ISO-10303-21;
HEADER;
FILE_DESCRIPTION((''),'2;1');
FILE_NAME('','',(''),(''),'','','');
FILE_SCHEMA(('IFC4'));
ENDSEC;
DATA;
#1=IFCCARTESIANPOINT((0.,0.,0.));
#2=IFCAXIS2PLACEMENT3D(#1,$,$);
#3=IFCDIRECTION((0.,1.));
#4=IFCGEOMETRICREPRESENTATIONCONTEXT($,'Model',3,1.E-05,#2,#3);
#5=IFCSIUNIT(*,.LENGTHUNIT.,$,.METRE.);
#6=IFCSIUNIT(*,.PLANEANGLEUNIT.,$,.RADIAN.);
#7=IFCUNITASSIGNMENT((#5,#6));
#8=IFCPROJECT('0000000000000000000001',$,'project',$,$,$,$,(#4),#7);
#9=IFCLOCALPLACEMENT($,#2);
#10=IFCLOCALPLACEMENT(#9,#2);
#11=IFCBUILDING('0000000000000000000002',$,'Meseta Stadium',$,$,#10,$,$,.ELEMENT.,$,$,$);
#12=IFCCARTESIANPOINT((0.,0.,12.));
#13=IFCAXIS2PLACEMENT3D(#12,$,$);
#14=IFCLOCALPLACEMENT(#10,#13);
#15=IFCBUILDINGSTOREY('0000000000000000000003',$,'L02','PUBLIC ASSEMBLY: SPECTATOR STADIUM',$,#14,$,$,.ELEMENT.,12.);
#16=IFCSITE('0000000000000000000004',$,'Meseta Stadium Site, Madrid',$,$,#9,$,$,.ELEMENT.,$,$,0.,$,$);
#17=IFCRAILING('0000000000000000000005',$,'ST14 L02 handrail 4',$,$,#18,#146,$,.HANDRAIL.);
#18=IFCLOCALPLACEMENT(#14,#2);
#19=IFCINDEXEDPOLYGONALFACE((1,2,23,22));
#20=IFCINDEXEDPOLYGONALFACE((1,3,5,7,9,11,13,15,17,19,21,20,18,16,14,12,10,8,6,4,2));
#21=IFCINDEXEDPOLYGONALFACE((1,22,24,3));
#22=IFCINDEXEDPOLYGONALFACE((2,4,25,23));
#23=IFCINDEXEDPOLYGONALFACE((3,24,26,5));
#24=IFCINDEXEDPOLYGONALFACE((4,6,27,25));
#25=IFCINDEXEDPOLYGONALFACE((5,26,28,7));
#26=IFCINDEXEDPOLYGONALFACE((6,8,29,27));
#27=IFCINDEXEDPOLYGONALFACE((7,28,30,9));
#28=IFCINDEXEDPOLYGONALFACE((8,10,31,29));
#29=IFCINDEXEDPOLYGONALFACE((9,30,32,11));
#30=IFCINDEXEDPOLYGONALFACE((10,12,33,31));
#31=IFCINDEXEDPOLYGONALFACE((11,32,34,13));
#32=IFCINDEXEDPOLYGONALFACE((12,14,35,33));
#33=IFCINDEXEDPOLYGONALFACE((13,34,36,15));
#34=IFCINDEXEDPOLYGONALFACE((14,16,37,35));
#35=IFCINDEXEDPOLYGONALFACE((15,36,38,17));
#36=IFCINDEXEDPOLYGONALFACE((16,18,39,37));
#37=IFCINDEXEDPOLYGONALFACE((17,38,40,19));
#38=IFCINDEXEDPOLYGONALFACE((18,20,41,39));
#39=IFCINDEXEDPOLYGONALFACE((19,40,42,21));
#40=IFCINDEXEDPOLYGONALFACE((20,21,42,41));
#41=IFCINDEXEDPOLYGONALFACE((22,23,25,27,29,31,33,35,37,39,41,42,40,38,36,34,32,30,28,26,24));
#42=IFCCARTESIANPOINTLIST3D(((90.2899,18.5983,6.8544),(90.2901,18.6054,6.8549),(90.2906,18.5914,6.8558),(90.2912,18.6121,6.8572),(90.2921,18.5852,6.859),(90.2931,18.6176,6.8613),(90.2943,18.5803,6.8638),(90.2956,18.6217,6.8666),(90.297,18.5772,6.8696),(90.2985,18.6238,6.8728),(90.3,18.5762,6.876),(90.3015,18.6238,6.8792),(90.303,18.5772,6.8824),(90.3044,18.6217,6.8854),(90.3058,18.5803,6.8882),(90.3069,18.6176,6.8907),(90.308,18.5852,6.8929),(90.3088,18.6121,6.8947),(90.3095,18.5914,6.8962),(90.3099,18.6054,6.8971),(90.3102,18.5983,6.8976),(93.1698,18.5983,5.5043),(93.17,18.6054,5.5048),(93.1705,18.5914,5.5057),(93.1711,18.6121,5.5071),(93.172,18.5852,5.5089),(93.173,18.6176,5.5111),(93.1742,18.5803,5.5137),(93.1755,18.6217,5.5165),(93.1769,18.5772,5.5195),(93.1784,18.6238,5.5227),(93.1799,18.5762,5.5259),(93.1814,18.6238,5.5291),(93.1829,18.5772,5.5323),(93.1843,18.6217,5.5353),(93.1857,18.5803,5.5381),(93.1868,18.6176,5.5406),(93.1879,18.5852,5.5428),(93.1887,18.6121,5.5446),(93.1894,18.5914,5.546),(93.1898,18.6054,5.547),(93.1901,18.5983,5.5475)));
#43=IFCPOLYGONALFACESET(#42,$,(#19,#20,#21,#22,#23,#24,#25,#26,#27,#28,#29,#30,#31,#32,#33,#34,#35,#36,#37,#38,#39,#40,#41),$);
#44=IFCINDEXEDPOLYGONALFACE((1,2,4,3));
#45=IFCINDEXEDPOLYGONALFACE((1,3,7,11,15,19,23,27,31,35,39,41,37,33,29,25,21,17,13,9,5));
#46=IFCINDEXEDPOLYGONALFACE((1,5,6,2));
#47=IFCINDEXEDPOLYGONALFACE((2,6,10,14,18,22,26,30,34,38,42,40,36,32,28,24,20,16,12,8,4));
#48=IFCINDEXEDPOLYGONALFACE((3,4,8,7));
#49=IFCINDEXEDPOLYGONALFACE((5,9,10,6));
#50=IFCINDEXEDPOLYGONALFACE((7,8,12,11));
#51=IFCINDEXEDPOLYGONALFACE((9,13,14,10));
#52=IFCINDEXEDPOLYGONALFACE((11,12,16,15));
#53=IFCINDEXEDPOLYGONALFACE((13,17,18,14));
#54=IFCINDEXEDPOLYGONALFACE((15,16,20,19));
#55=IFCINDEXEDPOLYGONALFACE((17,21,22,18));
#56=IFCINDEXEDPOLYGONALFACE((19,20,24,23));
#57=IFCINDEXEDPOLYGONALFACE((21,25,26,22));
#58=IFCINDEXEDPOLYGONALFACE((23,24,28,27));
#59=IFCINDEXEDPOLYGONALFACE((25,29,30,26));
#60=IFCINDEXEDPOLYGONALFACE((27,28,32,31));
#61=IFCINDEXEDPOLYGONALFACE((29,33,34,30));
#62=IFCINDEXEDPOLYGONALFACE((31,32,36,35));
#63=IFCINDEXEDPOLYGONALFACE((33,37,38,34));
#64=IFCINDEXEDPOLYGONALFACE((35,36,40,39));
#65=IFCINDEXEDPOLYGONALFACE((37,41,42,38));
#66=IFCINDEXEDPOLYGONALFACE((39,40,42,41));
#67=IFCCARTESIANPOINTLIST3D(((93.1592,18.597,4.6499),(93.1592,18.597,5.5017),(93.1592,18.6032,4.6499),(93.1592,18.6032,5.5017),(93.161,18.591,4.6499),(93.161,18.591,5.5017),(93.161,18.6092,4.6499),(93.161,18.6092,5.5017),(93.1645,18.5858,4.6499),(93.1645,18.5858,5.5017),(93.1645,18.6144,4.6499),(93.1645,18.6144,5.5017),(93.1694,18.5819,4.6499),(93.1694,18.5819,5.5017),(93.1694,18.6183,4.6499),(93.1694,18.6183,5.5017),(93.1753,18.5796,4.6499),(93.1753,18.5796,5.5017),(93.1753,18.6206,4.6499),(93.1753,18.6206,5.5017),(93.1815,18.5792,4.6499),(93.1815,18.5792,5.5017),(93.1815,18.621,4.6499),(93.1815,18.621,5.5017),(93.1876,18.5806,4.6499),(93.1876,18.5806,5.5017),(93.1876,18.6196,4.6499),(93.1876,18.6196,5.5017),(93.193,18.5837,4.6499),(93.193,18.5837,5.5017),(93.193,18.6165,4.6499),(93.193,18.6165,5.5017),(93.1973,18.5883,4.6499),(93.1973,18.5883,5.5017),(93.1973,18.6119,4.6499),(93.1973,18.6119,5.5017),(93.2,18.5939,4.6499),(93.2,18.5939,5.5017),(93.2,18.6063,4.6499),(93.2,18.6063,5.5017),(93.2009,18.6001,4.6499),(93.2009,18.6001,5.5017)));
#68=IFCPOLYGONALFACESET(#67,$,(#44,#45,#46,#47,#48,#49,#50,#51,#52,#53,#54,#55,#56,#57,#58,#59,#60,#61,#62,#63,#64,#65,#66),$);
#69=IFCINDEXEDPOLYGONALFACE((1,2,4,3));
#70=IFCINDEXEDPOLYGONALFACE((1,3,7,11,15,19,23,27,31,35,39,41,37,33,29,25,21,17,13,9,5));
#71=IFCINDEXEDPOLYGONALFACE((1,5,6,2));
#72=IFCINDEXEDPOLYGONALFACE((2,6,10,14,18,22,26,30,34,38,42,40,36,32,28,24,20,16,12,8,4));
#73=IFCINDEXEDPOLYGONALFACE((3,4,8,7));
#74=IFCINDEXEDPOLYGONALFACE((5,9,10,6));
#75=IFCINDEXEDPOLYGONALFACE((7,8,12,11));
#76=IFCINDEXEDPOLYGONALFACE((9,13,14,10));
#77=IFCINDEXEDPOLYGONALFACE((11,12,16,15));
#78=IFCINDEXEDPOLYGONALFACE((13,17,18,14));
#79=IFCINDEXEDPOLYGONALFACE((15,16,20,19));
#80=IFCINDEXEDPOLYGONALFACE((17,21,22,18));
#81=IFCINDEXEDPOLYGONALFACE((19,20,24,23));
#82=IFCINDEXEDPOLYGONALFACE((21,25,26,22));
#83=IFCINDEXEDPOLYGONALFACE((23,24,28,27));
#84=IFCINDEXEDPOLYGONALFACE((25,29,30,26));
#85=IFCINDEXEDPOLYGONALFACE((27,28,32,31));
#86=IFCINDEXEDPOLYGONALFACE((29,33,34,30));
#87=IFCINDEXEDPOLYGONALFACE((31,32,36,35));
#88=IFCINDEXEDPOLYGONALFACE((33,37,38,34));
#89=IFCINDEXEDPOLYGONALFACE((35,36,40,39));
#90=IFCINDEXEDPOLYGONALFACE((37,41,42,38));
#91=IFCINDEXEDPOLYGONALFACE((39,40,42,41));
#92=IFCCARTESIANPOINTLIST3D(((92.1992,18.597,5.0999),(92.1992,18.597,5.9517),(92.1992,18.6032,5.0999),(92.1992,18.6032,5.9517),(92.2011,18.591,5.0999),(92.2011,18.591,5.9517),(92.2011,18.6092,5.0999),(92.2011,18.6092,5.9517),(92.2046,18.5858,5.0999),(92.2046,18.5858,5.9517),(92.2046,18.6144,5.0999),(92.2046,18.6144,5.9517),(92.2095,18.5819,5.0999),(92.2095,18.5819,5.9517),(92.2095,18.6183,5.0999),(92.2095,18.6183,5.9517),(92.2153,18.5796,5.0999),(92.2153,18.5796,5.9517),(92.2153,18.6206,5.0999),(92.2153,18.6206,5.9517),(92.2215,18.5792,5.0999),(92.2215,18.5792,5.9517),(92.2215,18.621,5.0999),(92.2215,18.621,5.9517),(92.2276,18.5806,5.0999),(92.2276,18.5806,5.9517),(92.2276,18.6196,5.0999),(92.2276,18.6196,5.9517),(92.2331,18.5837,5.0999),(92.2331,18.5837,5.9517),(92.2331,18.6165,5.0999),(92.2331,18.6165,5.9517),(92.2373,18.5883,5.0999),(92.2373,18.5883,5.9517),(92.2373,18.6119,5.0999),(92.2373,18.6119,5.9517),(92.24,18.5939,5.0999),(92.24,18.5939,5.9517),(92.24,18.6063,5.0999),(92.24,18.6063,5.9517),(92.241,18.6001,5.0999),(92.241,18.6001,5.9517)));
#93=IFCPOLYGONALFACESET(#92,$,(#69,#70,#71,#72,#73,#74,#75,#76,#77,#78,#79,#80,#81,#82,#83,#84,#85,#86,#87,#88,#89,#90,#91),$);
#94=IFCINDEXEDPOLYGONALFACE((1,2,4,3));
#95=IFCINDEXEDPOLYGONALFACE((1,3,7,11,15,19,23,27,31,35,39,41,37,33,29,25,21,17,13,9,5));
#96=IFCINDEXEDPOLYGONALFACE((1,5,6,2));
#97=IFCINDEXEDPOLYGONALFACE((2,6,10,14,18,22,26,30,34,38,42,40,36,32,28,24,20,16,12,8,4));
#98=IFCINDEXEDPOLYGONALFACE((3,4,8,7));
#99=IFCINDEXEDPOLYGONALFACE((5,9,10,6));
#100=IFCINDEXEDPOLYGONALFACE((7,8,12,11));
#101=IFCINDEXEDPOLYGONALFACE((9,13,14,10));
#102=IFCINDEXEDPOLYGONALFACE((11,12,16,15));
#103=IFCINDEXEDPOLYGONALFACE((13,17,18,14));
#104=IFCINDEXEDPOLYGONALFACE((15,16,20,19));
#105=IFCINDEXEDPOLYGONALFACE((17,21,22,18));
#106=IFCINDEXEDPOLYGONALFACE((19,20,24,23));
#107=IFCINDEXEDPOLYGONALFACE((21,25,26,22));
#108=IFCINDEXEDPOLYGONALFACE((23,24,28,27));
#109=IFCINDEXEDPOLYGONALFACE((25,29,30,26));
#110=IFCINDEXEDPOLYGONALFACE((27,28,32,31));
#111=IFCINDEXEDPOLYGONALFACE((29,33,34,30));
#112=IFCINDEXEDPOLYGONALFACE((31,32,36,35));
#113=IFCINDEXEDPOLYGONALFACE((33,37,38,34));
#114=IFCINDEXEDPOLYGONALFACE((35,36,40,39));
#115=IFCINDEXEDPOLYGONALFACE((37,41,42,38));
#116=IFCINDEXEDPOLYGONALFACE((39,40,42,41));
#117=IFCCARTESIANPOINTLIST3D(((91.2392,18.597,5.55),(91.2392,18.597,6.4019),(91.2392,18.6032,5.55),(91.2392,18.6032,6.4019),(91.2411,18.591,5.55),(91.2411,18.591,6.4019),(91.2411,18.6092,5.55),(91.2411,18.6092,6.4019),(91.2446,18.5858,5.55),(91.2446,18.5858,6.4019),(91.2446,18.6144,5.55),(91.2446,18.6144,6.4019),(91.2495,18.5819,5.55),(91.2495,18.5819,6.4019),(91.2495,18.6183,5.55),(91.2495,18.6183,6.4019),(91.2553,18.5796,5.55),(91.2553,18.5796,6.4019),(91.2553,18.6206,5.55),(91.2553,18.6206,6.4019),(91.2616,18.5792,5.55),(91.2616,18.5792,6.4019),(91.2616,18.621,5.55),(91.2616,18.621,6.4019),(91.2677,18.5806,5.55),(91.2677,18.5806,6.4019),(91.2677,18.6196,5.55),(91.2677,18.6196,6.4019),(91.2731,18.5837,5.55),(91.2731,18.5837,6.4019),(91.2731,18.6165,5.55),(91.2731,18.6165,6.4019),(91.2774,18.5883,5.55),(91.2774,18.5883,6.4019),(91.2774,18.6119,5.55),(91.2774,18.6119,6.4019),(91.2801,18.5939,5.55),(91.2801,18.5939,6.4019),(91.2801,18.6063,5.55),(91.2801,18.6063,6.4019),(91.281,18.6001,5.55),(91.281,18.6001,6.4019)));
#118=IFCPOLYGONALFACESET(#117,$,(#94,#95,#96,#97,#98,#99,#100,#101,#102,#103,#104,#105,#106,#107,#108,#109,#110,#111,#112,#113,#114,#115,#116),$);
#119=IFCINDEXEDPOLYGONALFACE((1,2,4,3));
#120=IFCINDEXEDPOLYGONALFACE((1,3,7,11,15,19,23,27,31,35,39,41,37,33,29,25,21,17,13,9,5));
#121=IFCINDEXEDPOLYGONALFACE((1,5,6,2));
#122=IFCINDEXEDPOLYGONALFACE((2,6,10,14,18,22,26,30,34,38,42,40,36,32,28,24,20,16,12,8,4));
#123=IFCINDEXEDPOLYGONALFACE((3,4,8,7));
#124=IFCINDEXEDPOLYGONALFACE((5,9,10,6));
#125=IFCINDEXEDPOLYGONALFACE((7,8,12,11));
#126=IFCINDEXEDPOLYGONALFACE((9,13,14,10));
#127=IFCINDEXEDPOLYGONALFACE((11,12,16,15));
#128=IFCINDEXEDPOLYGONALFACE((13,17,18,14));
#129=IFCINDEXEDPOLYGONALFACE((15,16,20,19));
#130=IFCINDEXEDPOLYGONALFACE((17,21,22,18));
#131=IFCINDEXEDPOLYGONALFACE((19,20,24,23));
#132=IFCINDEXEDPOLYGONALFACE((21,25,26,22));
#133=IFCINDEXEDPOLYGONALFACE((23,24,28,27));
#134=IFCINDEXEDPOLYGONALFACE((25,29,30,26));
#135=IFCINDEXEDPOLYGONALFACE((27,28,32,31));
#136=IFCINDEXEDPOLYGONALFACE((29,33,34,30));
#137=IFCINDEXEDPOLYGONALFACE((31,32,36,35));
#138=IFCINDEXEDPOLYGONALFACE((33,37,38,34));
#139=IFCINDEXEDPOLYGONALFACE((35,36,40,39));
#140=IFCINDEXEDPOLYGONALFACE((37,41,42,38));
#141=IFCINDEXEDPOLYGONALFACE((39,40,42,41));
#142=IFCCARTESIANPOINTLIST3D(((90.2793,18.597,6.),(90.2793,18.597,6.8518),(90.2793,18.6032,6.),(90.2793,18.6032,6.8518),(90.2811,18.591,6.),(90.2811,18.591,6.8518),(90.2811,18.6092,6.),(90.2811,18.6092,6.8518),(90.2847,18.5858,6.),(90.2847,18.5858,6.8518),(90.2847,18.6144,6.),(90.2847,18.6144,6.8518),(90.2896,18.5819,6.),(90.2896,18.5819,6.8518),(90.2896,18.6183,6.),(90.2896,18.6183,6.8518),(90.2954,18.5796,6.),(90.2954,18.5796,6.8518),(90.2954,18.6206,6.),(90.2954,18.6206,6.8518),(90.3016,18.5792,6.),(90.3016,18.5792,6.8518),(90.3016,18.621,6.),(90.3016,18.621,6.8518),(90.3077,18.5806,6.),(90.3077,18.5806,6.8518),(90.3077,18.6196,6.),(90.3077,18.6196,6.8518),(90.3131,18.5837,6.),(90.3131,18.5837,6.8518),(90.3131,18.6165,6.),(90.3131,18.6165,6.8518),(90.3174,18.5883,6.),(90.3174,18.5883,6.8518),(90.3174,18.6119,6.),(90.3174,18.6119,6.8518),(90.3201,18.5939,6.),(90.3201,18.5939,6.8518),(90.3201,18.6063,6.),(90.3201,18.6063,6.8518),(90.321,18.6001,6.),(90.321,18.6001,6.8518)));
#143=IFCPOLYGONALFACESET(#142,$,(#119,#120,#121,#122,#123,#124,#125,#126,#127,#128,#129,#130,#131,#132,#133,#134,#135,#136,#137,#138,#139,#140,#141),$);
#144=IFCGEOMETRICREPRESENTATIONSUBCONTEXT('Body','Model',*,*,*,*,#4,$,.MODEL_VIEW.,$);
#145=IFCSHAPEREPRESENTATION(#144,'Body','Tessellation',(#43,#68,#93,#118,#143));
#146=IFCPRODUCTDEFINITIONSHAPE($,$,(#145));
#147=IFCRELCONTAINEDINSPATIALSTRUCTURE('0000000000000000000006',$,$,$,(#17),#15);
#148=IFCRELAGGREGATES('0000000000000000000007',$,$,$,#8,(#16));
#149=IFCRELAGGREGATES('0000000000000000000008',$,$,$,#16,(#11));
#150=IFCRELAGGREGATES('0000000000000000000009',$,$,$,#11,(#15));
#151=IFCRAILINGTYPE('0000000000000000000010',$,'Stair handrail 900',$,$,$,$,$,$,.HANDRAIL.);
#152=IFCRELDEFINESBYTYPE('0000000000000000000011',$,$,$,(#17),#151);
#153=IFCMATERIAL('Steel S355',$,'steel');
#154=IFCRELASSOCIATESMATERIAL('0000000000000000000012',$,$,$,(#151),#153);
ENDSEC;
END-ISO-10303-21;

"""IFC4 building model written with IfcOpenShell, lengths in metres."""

from ifc_helpers import new_model, si_unit, direction, frame, origin, origin_2d, place, context, subcontext, project, spatial, circle, extrude, material, type_object, element, save


model = new_model("IFC4")

# Units and contexts
model_context = context("Model", 3, precision=1e-05, world=origin(), true_north=direction((0.0, 1.0)))
body_context = subcontext(model_context, "Body", "Model", "MODEL_VIEW")
ifc_project = project(units=[si_unit("LENGTHUNIT", "METRE"), si_unit("PLANEANGLEUNIT", "RADIAN")], contexts=[model_context])

# Site, building, storey
site_placement = place(None, origin())
site = spatial("IfcSite", under=ifc_project, at=site_placement, Name="Meseta Stadium Site, Madrid", CompositionType="ELEMENT", RefElevation=0.0)
building_placement = place(site_placement, origin())
building = spatial("IfcBuilding", under=site, at=building_placement, Name="Meseta Stadium", CompositionType="ELEMENT")
storey_placement = place(building_placement, frame((0.0, 0.0, 12.0)))
storey = spatial("IfcBuildingStorey", under=building, at=storey_placement, Name="L02", Description="PUBLIC ASSEMBLY: SPECTATOR STADIUM", CompositionType="ELEMENT", Elevation=12.0)

# Railing
ifc_material_1 = material(Name="Steel S355", Category="steel")
railing_type_1 = type_object("IfcRailingType", Name="Stair handrail 900", PredefinedType="HANDRAIL", material=ifc_material_1)
for number, where, name in (
    (1, (93.1799, 18.6001, 4.6499), "ST14 L02 handrail 4"),
):
    element("IfcRailing", number, at=place(storey_placement, frame(where)), inside=storey, type_object=railing_type_1, Name=name, PredefinedType="HANDRAIL", context=body_context, shape_type="SweptSolid", body=[
        extrude(circle(Radius=0.0239, at=origin_2d()), frame((0.0, 0.0, 0.876), z_axis=(-0.90544, 0.0, 0.424473), x_axis=(0.0, -1.0, 0.0)), (0.0, 0.0, 1.0), 3.1807),
        extrude(circle(Radius=0.021, at=origin_2d()), origin(), (0.0, 0.0, 1.0), 0.8518),
        extrude(circle(Radius=0.021, at=origin_2d()), frame((-0.96, 0.0, 0.45)), (0.0, 0.0, 1.0), 0.8518),
        extrude(circle(Radius=0.021, at=origin_2d()), frame((-1.9199, 0.0, 0.9001)), (0.0, 0.0, 1.0), 0.8518),
        extrude(circle(Radius=0.021, at=origin_2d()), frame((-2.8799, 0.0, 1.3501)), (0.0, 0.0, 1.0), 0.8518),
    ])

save(model, "model.ifc")
